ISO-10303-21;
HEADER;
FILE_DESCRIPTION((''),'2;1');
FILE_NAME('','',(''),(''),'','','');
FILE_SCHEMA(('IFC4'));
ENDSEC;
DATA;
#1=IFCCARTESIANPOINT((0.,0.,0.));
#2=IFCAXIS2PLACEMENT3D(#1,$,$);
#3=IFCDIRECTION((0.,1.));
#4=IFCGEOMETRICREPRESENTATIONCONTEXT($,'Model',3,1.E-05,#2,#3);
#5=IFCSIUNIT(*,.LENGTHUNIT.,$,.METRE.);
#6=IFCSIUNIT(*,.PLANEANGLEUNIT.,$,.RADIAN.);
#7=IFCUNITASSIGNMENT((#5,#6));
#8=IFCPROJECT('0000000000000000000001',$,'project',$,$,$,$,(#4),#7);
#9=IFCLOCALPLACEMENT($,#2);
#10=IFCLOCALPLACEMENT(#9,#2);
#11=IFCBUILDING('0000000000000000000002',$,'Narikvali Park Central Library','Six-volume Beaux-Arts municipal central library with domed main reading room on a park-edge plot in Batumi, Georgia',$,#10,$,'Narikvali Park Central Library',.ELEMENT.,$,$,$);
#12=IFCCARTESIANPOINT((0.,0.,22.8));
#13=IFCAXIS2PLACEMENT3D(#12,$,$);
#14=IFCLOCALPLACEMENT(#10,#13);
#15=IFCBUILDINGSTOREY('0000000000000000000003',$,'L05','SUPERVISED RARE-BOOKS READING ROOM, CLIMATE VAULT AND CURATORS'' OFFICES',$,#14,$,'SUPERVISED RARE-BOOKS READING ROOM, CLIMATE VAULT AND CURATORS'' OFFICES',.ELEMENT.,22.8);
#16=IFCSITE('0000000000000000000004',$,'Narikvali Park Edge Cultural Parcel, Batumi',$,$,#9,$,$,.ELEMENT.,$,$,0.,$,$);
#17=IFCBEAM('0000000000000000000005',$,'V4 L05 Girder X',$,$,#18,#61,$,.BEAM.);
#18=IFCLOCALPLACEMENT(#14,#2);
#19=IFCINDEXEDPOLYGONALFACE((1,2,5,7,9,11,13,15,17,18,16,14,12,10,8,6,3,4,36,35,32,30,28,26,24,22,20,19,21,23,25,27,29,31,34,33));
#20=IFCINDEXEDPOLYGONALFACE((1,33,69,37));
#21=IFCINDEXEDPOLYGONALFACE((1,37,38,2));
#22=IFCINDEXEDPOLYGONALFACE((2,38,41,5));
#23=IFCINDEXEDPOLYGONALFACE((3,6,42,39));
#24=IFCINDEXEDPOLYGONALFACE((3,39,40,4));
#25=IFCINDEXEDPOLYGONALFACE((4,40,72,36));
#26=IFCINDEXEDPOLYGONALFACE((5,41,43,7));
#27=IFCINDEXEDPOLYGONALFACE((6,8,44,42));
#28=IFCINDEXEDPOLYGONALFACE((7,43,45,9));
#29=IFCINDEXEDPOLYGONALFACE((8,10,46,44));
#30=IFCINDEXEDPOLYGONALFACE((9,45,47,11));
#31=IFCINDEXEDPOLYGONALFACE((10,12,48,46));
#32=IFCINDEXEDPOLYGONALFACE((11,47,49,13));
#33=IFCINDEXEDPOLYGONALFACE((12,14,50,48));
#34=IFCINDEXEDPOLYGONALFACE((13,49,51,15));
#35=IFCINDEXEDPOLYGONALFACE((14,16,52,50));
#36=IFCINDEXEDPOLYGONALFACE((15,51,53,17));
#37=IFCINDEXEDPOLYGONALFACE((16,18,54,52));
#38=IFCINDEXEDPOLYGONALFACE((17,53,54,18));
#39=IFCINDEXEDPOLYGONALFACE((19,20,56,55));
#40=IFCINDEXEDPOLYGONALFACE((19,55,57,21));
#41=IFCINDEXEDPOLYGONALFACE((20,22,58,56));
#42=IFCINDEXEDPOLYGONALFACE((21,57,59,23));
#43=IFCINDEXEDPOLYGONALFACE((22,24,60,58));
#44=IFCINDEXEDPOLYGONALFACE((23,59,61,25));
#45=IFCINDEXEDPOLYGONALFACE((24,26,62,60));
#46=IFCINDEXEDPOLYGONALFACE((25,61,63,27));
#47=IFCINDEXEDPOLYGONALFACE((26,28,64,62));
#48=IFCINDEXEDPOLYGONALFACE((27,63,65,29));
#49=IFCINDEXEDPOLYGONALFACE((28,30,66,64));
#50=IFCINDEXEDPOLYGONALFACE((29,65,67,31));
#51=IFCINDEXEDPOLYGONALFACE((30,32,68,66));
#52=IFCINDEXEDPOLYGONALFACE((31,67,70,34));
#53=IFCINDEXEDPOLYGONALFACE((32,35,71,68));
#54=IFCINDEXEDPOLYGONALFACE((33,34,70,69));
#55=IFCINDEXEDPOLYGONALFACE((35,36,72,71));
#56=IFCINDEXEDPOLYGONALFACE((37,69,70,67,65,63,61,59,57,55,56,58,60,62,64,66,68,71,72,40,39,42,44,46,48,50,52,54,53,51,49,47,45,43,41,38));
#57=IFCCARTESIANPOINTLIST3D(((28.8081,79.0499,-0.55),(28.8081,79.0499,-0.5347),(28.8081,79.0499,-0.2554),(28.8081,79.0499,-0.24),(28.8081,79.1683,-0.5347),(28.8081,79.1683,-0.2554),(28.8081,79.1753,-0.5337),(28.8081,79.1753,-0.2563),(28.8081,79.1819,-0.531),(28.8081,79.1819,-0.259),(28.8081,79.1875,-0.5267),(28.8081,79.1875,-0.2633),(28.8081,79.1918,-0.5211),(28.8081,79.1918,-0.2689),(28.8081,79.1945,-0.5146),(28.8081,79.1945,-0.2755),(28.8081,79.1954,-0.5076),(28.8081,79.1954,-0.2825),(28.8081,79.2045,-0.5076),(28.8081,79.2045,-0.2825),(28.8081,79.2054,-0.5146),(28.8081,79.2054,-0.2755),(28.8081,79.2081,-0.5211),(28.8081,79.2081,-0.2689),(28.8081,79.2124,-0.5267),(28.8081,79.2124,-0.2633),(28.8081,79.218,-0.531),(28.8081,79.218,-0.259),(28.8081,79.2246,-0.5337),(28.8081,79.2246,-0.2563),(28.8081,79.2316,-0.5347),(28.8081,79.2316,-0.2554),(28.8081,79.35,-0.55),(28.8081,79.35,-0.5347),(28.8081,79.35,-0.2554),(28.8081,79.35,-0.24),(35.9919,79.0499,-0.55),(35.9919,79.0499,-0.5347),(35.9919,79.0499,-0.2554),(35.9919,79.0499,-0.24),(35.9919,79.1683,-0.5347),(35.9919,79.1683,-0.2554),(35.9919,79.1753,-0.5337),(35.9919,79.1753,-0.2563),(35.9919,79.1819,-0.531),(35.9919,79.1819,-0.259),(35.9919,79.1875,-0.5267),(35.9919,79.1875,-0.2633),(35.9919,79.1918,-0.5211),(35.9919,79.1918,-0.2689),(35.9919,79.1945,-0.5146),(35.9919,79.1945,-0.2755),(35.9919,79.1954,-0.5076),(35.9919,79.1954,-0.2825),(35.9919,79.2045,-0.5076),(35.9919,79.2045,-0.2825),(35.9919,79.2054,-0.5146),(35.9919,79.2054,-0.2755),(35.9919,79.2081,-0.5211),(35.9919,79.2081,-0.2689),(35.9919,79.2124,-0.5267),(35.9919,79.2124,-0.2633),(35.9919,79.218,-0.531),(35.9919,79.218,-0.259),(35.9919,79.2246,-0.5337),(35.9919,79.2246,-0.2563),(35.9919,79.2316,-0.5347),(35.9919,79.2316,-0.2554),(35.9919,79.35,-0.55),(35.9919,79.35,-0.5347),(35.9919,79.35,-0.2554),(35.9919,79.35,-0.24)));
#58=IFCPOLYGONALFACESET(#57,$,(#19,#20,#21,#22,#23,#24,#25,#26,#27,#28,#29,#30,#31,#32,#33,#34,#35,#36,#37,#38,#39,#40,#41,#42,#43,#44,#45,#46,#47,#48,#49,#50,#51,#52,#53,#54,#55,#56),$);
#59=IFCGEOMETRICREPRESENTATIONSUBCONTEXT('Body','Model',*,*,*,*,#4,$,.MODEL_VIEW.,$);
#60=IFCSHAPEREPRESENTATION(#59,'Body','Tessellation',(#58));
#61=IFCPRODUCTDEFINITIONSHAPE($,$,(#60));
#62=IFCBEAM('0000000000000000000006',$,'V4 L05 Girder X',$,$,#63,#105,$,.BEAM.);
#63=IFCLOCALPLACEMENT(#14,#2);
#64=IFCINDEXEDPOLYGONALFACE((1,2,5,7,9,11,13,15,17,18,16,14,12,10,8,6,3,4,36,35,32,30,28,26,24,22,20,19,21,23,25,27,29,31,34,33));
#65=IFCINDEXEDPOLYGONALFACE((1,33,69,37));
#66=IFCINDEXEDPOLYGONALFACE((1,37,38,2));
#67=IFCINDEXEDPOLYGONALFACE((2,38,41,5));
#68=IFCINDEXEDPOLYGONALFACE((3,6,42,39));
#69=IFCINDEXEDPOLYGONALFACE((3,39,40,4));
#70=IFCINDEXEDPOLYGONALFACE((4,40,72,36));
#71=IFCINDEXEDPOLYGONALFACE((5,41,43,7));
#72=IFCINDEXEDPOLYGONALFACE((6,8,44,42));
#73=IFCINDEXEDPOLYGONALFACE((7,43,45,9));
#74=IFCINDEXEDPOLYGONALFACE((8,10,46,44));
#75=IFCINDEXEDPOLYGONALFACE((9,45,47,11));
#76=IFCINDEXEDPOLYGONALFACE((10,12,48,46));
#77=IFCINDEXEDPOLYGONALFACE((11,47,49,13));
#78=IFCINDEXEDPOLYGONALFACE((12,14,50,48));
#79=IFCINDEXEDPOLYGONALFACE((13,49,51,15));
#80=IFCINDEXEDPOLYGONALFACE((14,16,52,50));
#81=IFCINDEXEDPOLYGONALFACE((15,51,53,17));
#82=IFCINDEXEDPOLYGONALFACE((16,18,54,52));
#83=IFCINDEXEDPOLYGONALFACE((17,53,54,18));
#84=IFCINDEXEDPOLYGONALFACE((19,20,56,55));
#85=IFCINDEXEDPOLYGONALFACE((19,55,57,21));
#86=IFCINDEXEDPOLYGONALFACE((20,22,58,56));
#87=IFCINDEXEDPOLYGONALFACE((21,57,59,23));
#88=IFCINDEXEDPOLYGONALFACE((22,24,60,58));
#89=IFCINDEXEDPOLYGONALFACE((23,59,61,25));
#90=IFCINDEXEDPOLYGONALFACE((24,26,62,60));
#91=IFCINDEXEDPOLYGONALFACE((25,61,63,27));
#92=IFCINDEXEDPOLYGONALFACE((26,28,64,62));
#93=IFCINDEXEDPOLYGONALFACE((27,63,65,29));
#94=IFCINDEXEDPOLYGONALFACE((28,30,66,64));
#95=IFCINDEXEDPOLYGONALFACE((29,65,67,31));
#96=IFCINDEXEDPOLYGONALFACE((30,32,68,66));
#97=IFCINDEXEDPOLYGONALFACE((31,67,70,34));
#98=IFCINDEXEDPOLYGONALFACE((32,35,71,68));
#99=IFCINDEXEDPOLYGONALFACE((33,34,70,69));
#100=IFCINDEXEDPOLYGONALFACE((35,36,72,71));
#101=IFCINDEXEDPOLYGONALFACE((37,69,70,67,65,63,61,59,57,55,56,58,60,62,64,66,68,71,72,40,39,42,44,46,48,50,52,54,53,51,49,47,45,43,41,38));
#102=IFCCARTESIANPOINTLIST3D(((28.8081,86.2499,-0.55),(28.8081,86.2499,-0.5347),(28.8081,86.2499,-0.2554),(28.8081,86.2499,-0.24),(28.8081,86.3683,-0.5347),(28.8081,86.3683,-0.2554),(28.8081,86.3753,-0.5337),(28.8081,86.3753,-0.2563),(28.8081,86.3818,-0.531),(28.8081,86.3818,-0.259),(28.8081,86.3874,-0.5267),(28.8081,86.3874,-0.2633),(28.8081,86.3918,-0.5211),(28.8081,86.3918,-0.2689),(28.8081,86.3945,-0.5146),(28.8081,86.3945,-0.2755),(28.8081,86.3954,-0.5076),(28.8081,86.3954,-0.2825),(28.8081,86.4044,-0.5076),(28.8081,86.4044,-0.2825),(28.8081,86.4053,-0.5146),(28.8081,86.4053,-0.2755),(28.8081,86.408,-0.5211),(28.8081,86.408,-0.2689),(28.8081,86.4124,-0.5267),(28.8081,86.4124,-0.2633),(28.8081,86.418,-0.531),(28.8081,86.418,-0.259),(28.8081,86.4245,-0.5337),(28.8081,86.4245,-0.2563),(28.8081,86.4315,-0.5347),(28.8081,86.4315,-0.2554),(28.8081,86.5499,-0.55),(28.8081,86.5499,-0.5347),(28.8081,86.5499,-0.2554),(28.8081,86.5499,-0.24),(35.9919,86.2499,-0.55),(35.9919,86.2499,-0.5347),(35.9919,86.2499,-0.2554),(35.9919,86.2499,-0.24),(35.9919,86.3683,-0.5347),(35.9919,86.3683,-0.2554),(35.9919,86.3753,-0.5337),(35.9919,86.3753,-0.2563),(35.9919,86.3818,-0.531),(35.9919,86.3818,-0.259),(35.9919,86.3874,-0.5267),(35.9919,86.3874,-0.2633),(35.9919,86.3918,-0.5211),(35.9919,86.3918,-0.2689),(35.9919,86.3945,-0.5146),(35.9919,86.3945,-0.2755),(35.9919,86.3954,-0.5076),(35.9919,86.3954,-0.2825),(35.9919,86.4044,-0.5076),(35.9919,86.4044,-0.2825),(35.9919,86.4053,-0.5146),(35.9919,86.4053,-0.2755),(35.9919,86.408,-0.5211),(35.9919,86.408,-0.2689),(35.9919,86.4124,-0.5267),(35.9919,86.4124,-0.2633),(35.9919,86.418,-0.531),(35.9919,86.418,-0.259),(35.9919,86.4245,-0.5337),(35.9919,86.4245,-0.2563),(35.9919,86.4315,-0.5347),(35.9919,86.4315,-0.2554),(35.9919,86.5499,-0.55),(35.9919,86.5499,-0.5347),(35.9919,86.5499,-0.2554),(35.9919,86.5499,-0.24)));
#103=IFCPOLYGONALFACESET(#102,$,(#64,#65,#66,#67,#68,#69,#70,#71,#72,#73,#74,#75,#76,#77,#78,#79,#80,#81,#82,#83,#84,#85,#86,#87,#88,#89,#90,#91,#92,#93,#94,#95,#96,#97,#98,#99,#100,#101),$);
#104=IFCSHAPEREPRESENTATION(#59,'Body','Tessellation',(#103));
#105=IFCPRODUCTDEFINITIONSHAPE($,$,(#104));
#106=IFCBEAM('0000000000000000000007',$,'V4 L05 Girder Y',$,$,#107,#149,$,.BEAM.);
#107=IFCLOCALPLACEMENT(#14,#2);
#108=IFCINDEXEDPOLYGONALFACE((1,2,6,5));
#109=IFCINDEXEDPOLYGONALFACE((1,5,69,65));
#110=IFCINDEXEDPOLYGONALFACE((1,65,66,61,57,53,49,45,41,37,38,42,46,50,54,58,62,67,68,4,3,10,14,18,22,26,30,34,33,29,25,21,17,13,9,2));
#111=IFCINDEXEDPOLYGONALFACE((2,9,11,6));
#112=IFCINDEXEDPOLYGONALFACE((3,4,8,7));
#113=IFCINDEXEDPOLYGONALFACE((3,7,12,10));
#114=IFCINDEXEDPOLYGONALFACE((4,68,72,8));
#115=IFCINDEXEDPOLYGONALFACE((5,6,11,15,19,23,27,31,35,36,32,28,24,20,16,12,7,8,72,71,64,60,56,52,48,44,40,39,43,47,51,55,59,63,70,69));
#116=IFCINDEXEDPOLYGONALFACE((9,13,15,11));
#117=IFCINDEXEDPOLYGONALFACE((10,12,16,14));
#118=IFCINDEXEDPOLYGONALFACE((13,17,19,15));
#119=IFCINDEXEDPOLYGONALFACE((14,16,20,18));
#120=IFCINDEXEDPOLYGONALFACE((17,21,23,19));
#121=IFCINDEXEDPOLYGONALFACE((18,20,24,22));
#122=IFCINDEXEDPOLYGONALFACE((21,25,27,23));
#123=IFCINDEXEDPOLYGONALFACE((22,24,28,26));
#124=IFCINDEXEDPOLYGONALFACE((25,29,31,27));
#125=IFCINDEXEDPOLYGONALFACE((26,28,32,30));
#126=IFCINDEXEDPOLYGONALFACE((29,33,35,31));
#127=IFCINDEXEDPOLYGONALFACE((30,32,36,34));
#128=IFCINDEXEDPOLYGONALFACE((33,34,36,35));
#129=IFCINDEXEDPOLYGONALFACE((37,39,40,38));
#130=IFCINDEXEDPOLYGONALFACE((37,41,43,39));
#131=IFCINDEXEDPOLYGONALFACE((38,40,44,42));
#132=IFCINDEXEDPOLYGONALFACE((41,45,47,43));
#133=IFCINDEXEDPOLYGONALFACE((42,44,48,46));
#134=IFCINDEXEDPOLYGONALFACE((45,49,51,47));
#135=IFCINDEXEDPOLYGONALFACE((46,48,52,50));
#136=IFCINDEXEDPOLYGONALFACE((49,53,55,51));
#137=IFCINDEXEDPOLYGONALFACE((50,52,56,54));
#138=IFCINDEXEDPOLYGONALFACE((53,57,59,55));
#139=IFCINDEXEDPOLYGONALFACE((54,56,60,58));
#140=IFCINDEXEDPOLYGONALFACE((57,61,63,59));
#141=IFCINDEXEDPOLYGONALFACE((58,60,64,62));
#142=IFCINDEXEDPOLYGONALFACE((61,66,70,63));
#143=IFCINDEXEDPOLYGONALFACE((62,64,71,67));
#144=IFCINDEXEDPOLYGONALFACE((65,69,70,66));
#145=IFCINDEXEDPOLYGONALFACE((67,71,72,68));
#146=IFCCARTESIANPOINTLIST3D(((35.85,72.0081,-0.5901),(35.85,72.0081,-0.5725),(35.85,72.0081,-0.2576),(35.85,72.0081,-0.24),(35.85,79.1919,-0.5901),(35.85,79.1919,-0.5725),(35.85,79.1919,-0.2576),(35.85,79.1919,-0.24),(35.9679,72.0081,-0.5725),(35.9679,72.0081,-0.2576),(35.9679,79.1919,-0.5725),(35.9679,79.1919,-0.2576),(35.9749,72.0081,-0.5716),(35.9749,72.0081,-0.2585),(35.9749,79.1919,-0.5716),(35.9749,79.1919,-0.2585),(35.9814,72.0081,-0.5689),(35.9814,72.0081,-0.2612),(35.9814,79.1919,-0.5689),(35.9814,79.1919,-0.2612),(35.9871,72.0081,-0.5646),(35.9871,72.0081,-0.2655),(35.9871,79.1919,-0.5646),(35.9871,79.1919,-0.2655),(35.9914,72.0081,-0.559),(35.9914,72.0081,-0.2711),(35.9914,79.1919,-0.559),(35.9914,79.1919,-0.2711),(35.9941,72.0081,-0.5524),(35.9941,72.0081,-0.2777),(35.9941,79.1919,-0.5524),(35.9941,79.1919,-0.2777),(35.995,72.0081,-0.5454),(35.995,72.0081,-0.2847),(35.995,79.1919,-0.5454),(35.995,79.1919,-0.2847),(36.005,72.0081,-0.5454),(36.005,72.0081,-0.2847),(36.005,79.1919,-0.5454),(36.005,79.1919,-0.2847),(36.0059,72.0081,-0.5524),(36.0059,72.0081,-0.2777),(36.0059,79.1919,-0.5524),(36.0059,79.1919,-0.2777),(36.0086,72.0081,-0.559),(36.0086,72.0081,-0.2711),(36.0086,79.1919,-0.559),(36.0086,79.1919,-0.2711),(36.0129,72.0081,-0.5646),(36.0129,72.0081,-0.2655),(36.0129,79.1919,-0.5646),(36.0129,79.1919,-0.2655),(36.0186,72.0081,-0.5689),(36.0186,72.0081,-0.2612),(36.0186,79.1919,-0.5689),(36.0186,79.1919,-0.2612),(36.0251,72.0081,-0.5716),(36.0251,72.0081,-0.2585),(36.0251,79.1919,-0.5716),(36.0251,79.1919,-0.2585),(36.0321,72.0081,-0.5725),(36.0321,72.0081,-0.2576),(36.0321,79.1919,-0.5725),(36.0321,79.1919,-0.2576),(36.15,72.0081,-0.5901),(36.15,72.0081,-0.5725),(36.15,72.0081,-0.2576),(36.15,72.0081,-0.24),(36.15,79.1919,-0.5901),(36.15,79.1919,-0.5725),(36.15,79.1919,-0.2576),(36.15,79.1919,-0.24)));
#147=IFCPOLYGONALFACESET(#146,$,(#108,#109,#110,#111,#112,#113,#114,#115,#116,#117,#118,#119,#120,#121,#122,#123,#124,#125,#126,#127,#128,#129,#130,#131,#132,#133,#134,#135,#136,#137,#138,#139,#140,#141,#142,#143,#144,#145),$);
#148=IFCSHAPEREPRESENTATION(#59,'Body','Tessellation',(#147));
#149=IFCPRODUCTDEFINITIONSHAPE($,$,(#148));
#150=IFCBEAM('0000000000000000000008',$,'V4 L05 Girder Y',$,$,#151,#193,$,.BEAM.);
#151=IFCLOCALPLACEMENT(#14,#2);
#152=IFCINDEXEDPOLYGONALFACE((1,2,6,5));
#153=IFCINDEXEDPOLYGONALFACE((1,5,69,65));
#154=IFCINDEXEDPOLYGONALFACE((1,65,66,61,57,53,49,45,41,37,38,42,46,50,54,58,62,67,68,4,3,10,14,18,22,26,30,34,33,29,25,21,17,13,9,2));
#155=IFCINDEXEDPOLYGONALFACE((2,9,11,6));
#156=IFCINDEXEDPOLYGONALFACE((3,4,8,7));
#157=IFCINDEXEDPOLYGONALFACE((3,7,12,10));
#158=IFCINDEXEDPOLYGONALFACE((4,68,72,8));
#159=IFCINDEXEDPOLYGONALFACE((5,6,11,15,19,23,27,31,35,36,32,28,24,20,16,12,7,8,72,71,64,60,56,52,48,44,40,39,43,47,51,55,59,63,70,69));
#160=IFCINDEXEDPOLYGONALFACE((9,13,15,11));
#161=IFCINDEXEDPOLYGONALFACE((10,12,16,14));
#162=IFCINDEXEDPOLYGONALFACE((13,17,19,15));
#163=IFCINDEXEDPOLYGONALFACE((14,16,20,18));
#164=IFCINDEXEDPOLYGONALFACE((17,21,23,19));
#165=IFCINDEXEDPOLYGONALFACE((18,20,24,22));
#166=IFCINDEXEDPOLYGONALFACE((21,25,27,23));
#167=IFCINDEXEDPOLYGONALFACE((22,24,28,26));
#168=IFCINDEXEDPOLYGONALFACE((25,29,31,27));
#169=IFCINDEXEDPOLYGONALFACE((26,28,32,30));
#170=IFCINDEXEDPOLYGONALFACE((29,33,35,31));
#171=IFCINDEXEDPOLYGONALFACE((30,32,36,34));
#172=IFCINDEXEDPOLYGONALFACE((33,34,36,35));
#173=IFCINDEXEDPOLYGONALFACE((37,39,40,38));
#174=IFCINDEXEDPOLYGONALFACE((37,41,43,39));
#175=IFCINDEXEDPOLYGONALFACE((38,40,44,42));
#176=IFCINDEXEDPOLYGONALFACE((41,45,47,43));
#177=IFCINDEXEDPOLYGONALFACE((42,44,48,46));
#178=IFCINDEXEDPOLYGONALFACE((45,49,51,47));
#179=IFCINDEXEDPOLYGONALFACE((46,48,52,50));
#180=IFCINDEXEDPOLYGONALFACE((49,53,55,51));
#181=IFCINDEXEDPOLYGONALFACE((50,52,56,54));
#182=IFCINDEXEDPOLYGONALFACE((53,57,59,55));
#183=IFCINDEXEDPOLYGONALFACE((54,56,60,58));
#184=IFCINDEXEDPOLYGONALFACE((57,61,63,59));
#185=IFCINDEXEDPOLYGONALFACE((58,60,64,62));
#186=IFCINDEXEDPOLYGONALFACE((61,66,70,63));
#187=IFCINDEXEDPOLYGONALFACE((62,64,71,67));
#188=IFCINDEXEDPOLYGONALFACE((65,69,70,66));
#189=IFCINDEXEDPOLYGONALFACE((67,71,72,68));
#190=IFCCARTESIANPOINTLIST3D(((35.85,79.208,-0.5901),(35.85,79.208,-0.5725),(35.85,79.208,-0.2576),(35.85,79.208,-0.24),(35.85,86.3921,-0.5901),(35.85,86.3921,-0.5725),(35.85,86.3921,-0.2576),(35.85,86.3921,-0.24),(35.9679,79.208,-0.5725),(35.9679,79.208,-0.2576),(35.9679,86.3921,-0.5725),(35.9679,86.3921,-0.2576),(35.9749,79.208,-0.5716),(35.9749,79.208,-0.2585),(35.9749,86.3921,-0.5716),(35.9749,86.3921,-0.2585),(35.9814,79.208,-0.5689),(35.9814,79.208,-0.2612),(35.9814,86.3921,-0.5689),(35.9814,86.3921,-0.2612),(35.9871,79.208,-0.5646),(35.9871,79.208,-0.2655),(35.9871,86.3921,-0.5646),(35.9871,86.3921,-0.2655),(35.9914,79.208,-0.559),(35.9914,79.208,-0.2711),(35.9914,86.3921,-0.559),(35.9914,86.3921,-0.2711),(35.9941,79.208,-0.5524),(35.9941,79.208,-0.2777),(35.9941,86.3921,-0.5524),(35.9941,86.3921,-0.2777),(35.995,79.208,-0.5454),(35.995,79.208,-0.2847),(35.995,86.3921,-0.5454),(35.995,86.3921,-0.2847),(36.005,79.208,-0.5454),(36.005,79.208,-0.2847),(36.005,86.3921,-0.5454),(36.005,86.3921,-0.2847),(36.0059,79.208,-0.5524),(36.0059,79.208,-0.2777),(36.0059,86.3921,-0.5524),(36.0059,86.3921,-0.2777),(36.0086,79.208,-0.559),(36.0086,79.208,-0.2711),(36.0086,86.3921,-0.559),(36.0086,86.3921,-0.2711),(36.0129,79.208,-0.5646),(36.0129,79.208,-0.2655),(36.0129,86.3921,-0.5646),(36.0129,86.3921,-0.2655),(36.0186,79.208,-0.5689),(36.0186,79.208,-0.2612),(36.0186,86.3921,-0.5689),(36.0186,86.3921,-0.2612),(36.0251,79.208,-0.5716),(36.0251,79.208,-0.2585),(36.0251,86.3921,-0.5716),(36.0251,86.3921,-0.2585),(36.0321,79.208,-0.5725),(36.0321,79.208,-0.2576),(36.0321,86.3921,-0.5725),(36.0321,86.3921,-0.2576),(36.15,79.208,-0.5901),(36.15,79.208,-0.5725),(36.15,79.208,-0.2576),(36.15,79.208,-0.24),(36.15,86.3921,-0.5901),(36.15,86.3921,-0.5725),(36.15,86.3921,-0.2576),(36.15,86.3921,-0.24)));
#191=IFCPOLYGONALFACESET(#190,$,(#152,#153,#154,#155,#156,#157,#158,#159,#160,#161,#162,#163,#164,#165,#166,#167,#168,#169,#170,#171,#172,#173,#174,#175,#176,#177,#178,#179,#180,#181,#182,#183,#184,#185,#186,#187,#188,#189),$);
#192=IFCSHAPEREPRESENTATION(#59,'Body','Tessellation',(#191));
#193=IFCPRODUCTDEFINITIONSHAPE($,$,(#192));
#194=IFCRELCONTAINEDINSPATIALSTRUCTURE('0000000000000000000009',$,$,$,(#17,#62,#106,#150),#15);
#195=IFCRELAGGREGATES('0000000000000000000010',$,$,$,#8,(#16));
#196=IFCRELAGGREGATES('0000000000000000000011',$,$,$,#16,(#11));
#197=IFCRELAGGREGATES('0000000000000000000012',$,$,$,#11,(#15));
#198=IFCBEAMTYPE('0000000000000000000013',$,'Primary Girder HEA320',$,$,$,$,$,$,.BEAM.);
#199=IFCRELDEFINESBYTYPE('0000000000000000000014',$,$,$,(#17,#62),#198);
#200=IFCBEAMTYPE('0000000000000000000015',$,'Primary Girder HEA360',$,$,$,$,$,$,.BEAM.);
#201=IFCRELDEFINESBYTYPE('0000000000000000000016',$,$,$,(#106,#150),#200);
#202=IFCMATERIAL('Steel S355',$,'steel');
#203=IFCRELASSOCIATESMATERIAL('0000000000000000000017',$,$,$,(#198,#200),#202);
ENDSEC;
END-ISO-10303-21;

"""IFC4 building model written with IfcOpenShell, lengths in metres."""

from ifc_helpers import new_model, si_unit, direction, frame, origin, origin_2d, place, context, subcontext, project, spatial, i_section, extrude, material, material_profile, profile_set, type_object, element, save


model = new_model("IFC4")

# Units and contexts
model_context = context("Model", 3, precision=1e-05, world=origin(), true_north=direction((0.0, 1.0)))
body_context = subcontext(model_context, "Body", "Model", "MODEL_VIEW")
ifc_project = project(units=[si_unit("LENGTHUNIT", "METRE"), si_unit("PLANEANGLEUNIT", "RADIAN")], contexts=[model_context])

# Site, building, storey
site_placement = place(None, origin())
site = spatial("IfcSite", under=ifc_project, at=site_placement, Name="Narikvali Park Edge Cultural Parcel, Batumi", CompositionType="ELEMENT", RefElevation=0.0)
building_placement = place(site_placement, origin())
building = spatial("IfcBuilding", under=site, at=building_placement, Name="Narikvali Park Central Library", Description="Six-volume Beaux-Arts municipal central library with domed main reading room on a park-edge plot in Batumi, Georgia", LongName="Narikvali Park Central Library", CompositionType="ELEMENT")
storey_placement = place(building_placement, frame((0.0, 0.0, 22.8)))
storey = spatial("IfcBuildingStorey", under=building, at=storey_placement, Name="L05", Description="SUPERVISED RARE-BOOKS READING ROOM, CLIMATE VAULT AND CURATORS' OFFICES", LongName="SUPERVISED RARE-BOOKS READING ROOM, CLIMATE VAULT AND CURATORS' OFFICES", CompositionType="ELEMENT", Elevation=22.8)

# Shared definitions
ifc_material = material(Name="Steel S355", Category="steel")

# Beams
ifc_material_profile_1 = material_profile(ifc_material, i_section(OverallWidth=0.3, OverallDepth=0.3101, WebThickness=0.009, FlangeThickness=0.0154, FilletRadius=0.0271, at=origin_2d()), Name="HEA 320")
ifc_profile_set_1 = profile_set([ifc_material_profile_1], Name="Steel S355")
beam_type_1 = type_object("IfcBeamType", Name="Primary Girder HEA320", PredefinedType="BEAM", material=ifc_profile_set_1)
for number, where, z_axis, x_axis, name in (
    (1, (28.8081, 79.2, -0.395), (1.0, 0.0, 0.0), (0.0, 1.0, 0.0), "V4 L05 Girder X"),
    (2, (28.8081, 86.3999, -0.395), (1.0, 0.0, 0.0), (0.0, 1.0, 0.0), "V4 L05 Girder X"),
):
    element("IfcBeam", number, at=place(storey_placement, frame(where, z_axis=z_axis, x_axis=x_axis)), inside=storey, type_object=beam_type_1, Name=name, PredefinedType="BEAM", context=body_context, shape_type="SweptSolid", body=[
        extrude(i_section(OverallWidth=0.3, OverallDepth=0.3101, WebThickness=0.009, FlangeThickness=0.0154, FilletRadius=0.0271, at=origin_2d()), origin(), (0.0, 0.0, 1.0), 7.1838),
    ])
ifc_material_profile_2 = material_profile(ifc_material, i_section(OverallWidth=0.3, OverallDepth=0.3501, WebThickness=0.01, FlangeThickness=0.0176, FilletRadius=0.0271, at=origin_2d()), Name="HEA 360")
ifc_profile_set_2 = profile_set([ifc_material_profile_2], Name="Steel S355")
beam_type_2 = type_object("IfcBeamType", Name="Primary Girder HEA360", PredefinedType="BEAM", material=ifc_profile_set_2)
beam_1_placement = place(storey_placement, frame((36.0, 72.0081, -0.415), z_axis=(0.0, 1.0, 0.0), x_axis=(-1.0, 0.0, 0.0)))
element("IfcBeam", 3, at=beam_1_placement, inside=storey, type_object=beam_type_2, Name="V4 L05 Girder Y", PredefinedType="BEAM", context=body_context, shape_type="SweptSolid", body=[
    extrude(i_section(OverallWidth=0.3, OverallDepth=0.3501, WebThickness=0.01, FlangeThickness=0.0176, FilletRadius=0.0271, at=origin_2d()), origin(), (0.0, 0.0, 1.0), 7.1838),
])
beam_2_placement = place(storey_placement, frame((36.0, 79.208, -0.415), z_axis=(0.0, 1.0, 0.0), x_axis=(-1.0, 0.0, 0.0)))
element("IfcBeam", 4, at=beam_2_placement, inside=storey, type_object=beam_type_2, Name="V4 L05 Girder Y", PredefinedType="BEAM", context=body_context, shape_type="SweptSolid", body=[
    extrude(i_section(OverallWidth=0.3, OverallDepth=0.3501, WebThickness=0.01, FlangeThickness=0.0176, FilletRadius=0.0271, at=origin_2d()), origin(), (0.0, 0.0, 1.0), 7.1841),
])

save(model, "model.ifc")
